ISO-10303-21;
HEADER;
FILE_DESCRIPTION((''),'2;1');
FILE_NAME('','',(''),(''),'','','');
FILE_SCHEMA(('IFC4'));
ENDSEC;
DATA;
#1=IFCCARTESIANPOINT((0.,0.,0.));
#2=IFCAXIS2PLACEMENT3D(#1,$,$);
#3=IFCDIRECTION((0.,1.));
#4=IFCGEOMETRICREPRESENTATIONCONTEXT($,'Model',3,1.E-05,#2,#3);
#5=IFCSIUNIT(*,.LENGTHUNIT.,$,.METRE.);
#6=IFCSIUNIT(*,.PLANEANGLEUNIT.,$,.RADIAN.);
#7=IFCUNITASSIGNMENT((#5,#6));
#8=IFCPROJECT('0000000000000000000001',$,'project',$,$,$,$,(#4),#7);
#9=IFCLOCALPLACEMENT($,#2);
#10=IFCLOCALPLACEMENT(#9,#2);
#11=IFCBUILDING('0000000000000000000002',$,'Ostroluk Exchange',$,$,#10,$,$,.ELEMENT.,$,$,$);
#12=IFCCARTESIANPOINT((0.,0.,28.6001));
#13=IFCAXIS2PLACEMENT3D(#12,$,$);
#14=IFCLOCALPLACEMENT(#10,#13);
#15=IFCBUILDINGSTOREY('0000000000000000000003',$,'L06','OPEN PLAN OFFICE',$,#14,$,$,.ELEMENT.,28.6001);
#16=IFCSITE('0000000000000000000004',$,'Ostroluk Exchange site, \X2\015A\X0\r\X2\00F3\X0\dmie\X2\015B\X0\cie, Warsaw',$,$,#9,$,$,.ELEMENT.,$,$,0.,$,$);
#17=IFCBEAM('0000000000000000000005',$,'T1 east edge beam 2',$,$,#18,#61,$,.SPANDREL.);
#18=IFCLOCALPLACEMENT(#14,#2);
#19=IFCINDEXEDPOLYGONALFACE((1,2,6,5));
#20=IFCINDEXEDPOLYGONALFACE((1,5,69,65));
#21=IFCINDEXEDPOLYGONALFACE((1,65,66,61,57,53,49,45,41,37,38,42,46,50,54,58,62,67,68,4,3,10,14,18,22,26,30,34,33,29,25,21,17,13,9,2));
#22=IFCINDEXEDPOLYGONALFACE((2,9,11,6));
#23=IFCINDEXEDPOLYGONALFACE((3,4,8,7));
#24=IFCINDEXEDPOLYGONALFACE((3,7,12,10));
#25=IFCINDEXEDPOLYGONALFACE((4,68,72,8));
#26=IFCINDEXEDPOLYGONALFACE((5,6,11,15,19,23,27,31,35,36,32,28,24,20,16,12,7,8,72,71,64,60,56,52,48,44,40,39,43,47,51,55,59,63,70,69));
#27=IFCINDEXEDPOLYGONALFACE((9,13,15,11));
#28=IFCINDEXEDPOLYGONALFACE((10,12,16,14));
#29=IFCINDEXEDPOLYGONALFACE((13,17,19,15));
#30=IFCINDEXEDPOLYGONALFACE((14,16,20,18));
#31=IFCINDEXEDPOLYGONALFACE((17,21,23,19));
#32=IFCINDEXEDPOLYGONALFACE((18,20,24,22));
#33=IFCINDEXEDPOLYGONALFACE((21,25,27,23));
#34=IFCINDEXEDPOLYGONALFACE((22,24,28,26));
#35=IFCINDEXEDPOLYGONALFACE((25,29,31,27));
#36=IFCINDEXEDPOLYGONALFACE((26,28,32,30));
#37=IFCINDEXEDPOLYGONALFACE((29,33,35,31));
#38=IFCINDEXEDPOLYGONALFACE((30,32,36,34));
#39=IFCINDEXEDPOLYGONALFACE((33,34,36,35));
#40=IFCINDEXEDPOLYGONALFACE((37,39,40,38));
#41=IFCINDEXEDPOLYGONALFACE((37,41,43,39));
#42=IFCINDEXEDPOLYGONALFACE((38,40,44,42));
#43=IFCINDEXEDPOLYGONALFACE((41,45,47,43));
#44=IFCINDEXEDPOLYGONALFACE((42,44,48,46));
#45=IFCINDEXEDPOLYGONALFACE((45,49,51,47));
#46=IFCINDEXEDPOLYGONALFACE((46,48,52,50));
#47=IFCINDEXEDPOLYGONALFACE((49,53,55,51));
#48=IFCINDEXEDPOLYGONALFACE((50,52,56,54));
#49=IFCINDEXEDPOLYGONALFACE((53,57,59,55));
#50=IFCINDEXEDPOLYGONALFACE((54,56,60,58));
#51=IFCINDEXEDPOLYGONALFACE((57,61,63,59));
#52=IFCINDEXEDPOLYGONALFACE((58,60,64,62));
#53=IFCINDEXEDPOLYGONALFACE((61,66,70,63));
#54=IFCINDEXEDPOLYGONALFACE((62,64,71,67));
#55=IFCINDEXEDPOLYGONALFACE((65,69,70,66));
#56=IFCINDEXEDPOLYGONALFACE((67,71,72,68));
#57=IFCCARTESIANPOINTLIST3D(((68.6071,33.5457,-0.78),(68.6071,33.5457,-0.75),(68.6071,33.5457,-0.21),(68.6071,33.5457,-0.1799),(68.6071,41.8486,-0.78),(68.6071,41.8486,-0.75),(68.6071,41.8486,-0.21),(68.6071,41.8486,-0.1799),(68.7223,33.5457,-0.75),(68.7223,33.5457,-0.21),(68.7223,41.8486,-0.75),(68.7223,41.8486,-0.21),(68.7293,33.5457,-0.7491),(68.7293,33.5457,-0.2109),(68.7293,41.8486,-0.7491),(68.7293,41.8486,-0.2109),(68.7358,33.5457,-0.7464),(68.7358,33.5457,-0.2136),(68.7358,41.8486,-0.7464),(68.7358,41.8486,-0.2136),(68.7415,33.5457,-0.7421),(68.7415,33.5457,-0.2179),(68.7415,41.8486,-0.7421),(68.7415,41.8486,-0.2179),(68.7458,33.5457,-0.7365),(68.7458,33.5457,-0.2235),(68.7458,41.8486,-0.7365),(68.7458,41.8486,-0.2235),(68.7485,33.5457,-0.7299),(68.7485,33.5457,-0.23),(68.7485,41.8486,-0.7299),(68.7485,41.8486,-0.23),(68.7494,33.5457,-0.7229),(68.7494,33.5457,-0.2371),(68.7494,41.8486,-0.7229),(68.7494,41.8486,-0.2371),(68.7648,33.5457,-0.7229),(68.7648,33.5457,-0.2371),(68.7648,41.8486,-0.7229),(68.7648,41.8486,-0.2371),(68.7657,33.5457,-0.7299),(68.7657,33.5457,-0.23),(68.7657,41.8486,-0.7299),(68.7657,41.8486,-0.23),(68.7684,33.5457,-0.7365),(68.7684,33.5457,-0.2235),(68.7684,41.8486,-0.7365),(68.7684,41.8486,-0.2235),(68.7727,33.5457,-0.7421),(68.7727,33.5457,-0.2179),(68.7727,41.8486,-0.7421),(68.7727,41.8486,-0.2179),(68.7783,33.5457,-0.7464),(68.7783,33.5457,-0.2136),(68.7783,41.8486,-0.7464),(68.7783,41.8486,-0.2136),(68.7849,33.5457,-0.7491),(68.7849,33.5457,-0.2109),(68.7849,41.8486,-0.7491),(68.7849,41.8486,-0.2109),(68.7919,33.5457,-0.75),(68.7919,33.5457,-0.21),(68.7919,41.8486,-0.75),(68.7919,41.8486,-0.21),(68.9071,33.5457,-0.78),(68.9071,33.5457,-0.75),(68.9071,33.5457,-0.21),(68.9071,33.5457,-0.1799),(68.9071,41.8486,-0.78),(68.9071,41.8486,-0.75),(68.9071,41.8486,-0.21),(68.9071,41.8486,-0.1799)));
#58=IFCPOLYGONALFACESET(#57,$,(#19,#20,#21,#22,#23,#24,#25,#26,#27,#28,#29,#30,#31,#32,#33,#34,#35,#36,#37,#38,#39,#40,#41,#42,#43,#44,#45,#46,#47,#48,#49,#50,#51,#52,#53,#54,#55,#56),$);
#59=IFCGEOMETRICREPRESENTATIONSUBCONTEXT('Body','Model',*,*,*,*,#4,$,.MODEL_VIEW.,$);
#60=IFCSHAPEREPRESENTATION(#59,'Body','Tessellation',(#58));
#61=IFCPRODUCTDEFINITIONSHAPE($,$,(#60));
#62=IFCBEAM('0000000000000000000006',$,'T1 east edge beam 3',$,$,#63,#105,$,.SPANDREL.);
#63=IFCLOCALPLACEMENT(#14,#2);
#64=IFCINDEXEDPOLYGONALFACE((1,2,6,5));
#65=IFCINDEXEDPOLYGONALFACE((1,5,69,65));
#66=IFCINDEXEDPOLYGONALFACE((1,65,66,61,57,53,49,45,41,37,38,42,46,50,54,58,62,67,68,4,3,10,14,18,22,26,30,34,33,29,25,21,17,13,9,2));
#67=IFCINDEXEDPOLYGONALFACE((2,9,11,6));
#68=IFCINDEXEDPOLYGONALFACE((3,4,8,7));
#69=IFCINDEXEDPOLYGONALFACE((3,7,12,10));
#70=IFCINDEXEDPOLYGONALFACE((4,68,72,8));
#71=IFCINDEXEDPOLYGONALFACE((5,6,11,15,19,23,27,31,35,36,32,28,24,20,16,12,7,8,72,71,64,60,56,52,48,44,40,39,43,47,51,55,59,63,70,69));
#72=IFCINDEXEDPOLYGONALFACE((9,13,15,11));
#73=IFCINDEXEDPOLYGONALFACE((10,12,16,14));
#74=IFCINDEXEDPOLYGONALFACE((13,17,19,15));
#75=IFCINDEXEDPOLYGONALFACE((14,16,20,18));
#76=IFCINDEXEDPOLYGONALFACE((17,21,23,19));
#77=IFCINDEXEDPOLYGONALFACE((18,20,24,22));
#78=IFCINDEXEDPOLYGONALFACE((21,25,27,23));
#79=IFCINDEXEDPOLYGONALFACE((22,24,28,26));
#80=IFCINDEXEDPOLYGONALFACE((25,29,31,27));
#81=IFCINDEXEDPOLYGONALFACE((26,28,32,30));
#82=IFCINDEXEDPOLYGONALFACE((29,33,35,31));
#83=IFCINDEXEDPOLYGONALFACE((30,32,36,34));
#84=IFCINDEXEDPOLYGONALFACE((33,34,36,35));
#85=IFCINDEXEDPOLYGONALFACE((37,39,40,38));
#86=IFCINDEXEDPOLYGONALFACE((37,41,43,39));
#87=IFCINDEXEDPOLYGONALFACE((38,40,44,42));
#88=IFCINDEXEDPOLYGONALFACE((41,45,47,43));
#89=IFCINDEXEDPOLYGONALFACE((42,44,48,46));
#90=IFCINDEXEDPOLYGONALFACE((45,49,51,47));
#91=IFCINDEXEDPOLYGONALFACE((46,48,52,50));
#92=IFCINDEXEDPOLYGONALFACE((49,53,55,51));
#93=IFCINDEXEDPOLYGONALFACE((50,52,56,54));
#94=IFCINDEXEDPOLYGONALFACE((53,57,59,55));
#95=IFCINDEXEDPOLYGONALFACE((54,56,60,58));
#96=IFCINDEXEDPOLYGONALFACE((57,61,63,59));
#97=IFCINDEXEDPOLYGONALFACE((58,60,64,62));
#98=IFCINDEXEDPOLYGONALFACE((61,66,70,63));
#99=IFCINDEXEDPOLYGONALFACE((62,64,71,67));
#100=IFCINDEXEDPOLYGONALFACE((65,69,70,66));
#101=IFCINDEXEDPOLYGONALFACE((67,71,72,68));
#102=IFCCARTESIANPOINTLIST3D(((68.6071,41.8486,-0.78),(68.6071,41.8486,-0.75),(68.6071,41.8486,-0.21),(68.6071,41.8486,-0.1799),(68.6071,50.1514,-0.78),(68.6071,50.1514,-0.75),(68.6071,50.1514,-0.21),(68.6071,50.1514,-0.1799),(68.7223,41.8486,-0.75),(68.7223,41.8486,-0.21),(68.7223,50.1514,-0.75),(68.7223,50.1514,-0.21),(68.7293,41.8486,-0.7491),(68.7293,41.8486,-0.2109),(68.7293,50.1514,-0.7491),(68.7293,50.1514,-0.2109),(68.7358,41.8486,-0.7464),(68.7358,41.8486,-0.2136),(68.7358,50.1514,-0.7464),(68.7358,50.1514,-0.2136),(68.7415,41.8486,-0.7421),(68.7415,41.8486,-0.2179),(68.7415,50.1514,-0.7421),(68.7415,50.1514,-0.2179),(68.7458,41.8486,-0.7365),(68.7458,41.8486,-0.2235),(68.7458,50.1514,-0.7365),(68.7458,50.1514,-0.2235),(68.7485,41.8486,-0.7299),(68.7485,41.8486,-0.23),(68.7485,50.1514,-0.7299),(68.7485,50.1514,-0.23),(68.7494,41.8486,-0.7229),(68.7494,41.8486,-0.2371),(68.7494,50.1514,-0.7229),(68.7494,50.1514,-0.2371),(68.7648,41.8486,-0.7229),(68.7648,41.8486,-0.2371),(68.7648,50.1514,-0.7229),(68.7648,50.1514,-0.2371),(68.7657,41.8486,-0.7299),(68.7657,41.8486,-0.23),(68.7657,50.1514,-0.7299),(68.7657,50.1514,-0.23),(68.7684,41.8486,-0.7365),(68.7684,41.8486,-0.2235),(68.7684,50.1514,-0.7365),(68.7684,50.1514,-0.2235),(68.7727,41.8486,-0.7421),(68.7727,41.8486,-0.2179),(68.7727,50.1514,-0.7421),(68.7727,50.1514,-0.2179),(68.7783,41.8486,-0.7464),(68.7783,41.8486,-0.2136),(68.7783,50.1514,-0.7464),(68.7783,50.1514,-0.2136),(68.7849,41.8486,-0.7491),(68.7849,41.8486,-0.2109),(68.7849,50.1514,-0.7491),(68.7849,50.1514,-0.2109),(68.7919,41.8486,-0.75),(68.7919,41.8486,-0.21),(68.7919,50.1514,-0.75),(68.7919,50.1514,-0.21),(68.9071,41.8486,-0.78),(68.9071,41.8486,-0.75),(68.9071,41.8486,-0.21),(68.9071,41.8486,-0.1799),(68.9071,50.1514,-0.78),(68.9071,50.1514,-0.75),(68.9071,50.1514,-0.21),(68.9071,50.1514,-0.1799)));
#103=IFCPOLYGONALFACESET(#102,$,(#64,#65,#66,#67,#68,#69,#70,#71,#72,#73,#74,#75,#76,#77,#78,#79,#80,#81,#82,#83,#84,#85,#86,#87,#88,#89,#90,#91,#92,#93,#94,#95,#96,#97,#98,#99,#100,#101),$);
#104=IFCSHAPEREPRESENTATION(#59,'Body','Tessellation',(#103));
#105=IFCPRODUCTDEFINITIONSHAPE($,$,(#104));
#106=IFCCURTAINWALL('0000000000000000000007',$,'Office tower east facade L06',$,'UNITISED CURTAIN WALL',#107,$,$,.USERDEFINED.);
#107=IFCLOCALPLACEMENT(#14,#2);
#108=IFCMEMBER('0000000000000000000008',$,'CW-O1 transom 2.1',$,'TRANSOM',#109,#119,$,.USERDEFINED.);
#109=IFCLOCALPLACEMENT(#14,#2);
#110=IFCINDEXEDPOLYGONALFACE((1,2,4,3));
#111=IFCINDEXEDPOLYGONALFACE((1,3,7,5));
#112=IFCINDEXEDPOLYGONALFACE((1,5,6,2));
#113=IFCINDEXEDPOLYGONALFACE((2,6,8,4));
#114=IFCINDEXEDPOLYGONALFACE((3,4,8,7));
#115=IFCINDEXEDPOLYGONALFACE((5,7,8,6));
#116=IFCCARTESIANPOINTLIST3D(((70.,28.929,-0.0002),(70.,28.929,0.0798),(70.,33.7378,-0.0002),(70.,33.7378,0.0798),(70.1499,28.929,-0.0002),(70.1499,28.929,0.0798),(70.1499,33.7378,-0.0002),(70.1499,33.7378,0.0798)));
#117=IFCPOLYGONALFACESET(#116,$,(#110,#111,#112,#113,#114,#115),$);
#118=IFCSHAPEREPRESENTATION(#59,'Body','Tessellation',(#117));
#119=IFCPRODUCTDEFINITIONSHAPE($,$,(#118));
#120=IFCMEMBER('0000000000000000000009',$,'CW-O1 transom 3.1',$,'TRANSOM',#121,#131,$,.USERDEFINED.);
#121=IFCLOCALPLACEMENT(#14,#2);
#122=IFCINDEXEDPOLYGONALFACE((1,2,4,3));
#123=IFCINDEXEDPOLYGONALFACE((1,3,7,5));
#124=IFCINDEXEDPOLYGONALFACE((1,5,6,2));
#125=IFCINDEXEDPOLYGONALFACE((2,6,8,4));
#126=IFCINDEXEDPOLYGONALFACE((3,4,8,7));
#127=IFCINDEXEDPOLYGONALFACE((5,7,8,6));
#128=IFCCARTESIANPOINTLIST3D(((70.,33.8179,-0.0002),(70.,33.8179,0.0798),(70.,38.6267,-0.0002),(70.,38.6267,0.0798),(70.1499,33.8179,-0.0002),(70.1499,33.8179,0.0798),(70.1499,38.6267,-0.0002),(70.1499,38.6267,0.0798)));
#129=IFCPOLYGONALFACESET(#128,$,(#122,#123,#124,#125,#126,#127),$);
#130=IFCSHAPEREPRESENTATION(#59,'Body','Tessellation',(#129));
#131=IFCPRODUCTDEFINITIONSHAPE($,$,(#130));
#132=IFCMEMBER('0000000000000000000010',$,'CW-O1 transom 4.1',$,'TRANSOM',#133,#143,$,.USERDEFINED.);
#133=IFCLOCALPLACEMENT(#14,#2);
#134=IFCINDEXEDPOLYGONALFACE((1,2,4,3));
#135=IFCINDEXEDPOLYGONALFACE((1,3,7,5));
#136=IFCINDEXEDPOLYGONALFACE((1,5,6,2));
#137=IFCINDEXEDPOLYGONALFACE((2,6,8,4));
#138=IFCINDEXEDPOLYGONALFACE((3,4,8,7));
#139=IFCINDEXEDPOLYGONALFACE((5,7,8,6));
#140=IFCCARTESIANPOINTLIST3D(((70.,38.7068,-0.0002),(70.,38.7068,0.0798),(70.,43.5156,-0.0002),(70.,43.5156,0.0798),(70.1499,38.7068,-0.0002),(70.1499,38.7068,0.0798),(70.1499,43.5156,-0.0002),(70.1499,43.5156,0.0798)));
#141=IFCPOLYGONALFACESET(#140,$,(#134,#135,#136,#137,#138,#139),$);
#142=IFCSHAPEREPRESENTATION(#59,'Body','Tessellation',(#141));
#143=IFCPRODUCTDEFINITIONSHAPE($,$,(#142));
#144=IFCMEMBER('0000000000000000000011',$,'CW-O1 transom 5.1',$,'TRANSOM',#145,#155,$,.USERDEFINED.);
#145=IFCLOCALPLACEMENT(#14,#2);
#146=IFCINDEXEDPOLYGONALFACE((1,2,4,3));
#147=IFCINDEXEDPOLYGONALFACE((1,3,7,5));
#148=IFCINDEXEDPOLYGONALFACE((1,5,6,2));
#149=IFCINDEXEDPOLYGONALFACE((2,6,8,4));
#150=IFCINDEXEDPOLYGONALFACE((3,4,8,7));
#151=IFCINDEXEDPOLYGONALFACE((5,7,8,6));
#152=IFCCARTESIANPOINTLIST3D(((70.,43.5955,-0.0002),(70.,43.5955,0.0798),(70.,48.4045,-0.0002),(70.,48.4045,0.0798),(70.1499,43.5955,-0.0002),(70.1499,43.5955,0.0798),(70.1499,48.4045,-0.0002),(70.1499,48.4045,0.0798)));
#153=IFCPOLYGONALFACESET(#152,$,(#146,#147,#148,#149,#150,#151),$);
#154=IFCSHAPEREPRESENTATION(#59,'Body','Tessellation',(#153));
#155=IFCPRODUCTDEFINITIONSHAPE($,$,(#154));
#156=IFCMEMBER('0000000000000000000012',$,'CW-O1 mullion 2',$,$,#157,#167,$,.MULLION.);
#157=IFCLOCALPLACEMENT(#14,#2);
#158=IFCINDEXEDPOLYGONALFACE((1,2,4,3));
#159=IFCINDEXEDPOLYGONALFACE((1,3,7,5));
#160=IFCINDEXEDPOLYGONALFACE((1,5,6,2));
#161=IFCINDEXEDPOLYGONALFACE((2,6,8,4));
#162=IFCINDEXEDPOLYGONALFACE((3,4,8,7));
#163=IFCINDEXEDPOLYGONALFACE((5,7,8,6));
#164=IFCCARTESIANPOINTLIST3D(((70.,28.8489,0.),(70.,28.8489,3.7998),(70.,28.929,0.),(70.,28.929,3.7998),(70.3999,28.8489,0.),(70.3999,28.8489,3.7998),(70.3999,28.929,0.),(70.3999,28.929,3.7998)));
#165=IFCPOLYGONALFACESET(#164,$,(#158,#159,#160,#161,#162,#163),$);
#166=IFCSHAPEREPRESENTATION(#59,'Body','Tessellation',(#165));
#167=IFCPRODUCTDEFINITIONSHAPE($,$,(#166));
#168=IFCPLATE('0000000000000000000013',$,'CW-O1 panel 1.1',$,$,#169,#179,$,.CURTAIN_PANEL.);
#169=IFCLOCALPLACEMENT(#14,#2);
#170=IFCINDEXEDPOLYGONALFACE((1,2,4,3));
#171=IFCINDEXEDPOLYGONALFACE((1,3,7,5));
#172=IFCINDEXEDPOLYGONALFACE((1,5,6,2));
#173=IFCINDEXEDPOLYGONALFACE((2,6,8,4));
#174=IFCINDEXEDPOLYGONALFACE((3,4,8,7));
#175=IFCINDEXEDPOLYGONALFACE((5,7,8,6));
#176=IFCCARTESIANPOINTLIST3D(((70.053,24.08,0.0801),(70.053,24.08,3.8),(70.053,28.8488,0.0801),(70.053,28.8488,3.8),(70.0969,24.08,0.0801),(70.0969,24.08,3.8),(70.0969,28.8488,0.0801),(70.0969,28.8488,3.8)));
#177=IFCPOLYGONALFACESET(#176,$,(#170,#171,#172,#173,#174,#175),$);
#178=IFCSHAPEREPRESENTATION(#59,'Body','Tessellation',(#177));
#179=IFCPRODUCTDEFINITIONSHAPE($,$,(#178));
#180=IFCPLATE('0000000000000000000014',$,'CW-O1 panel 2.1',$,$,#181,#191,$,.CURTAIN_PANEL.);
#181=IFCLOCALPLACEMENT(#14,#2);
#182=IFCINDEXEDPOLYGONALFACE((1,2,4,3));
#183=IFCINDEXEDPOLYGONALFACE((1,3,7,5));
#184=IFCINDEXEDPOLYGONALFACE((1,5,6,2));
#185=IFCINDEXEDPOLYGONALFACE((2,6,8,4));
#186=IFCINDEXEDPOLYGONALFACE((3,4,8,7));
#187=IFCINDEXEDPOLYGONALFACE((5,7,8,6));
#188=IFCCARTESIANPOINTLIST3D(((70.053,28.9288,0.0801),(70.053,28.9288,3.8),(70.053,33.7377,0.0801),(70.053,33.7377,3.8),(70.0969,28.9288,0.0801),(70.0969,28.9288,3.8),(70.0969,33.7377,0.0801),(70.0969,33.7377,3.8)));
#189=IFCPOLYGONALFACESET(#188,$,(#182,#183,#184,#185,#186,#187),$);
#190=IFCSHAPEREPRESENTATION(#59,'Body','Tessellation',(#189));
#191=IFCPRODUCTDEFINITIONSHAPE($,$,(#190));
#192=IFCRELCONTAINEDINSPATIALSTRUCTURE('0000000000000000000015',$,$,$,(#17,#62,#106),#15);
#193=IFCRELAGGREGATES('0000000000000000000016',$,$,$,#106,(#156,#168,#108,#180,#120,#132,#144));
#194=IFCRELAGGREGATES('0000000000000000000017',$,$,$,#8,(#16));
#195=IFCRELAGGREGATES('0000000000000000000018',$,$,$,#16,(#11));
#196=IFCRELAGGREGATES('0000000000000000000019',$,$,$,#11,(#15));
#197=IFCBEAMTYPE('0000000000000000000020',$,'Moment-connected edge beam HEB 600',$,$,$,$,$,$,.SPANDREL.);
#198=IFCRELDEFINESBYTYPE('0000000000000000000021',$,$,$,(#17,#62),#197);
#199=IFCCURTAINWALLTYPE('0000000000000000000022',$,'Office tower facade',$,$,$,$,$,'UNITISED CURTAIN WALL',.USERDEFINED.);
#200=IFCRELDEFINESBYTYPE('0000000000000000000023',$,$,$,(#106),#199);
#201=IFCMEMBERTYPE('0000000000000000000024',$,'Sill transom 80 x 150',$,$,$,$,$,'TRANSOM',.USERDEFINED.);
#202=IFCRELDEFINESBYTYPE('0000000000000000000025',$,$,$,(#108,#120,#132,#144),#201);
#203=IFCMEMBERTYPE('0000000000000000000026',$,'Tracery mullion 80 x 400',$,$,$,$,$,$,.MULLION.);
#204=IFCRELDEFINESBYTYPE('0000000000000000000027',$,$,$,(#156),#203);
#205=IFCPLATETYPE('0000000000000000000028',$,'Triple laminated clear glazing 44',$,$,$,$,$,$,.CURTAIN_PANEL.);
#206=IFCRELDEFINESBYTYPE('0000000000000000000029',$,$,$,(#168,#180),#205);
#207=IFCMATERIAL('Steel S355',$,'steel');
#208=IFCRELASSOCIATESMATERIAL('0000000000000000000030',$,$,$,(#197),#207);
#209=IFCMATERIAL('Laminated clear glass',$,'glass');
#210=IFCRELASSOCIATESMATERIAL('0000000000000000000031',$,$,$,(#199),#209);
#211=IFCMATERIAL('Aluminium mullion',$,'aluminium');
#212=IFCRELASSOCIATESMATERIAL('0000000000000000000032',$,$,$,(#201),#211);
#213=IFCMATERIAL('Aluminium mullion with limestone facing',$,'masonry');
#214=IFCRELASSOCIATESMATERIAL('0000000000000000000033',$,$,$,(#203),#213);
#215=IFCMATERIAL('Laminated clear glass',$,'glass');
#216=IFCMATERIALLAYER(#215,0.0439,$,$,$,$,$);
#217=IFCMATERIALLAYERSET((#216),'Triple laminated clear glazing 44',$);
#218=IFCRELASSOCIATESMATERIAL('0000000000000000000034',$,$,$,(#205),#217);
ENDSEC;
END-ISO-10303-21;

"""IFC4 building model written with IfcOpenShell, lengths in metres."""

from ifc_helpers import new_model, si_unit, direction, frame, origin, origin_2d, place, context, subcontext, project, spatial, rectangle, i_section, extrude, material, layer, layer_set, material_profile, profile_set, type_object, element, aggregate, save


model = new_model("IFC4")

# Units and contexts
model_context = context("Model", 3, precision=1e-05, world=origin(), true_north=direction((0.0, 1.0)))
body_context = subcontext(model_context, "Body", "Model", "MODEL_VIEW")
ifc_project = project(units=[si_unit("LENGTHUNIT", "METRE"), si_unit("PLANEANGLEUNIT", "RADIAN")], contexts=[model_context])

# Site, building, storey
site_placement = place(None, origin())
site = spatial("IfcSite", under=ifc_project, at=site_placement, Name="Ostroluk Exchange site, Śródmieście, Warsaw", CompositionType="ELEMENT", RefElevation=0.0)
building_placement = place(site_placement, origin())
building = spatial("IfcBuilding", under=site, at=building_placement, Name="Ostroluk Exchange", CompositionType="ELEMENT")
storey_placement = place(building_placement, frame((0.0, 0.0, 28.6001)))
storey = spatial("IfcBuildingStorey", under=building, at=storey_placement, Name="L06", Description="OPEN PLAN OFFICE", CompositionType="ELEMENT", Elevation=28.6001)

# Beams
ifc_material_1 = material(Name="Steel S355", Category="steel")
ifc_material_profile_1 = material_profile(ifc_material_1, i_section(OverallWidth=0.3, OverallDepth=0.6001, WebThickness=0.0154, FlangeThickness=0.03, FilletRadius=0.0271, at=origin_2d()), Name="HEB 600")
ifc_profile_set_1 = profile_set([ifc_material_profile_1], Name="Steel S355")
beam_type_1 = type_object("IfcBeamType", Name="Moment-connected edge beam HEB 600", PredefinedType="SPANDREL", material=ifc_profile_set_1)
beam_1_placement = place(storey_placement, frame((68.7571, 33.5457, -0.48), z_axis=(0.0, 1.0, 0.0), x_axis=(-1.0, 0.0, 0.0)))
element("IfcBeam", 1, at=beam_1_placement, inside=storey, type_object=beam_type_1, Name="T1 east edge beam 2", PredefinedType="SPANDREL", context=body_context, shape_type="SweptSolid", body=[
    extrude(i_section(OverallWidth=0.3, OverallDepth=0.6001, WebThickness=0.0154, FlangeThickness=0.03, FilletRadius=0.0271, at=origin_2d()), origin(), (0.0, 0.0, 1.0), 8.303),
])
beam_2_placement = place(storey_placement, frame((68.7571, 41.8486, -0.48), z_axis=(0.0, 1.0, 0.0), x_axis=(-1.0, 0.0, 0.0)))
element("IfcBeam", 2, at=beam_2_placement, inside=storey, type_object=beam_type_1, Name="T1 east edge beam 3", PredefinedType="SPANDREL", context=body_context, shape_type="SweptSolid", body=[
    extrude(i_section(OverallWidth=0.3, OverallDepth=0.6001, WebThickness=0.0154, FlangeThickness=0.03, FilletRadius=0.0271, at=origin_2d()), origin(), (0.0, 0.0, 1.0), 8.3027),
])

# Curtain wall, members, plates
ifc_material_2 = material(Name="Laminated clear glass", Category="glass")
curtain_wall_type = type_object("IfcCurtainWallType", Name="Office tower facade", ElementType="UNITISED CURTAIN WALL", PredefinedType="USERDEFINED", material=ifc_material_2)
curtain_wall_placement = place(storey_placement, origin())
curtain_wall = element("IfcCurtainWall", 3, at=curtain_wall_placement, inside=storey, type_object=curtain_wall_type, Name="Office tower east facade L06", ObjectType="UNITISED CURTAIN WALL", PredefinedType="USERDEFINED")
ifc_material_3 = material(Name="Aluminium mullion", Category="aluminium")
ifc_material_profile_2 = material_profile(ifc_material_3, rectangle(XDim=0.1499, YDim=0.0801, at=origin_2d()), Name="Sill transom 80 x 150")
ifc_profile_set_2 = profile_set([ifc_material_profile_2], Name="Aluminium mullion")
member_type_1 = type_object("IfcMemberType", Name="Sill transom 80 x 150", ElementType="TRANSOM", PredefinedType="USERDEFINED", material=ifc_profile_set_2)
member_1_placement = place(storey_placement, frame((70.075, 28.929, 0.0398), z_axis=(0.0, 1.0, 0.0), x_axis=(-1.0, 0.0, 0.0)))
member_1 = element("IfcMember", 4, at=member_1_placement, type_object=member_type_1, Name="CW-O1 transom 2.1", ObjectType="TRANSOM", PredefinedType="USERDEFINED", context=body_context, shape_type="SweptSolid", body=[
    extrude(rectangle(XDim=0.1499, YDim=0.0801, at=origin_2d()), origin(), (0.0, 0.0, 1.0), 4.8088),
])
member_2_placement = place(storey_placement, frame((70.075, 33.8179, 0.0398), z_axis=(0.0, 1.0, 0.0), x_axis=(-1.0, 0.0, 0.0)))
member_2 = element("IfcMember", 5, at=member_2_placement, type_object=member_type_1, Name="CW-O1 transom 3.1", ObjectType="TRANSOM", PredefinedType="USERDEFINED", context=body_context, shape_type="SweptSolid", body=[
    extrude(rectangle(XDim=0.1499, YDim=0.0801, at=origin_2d()), origin(), (0.0, 0.0, 1.0), 4.8088),
])
member_3_placement = place(storey_placement, frame((70.075, 38.7068, 0.0398), z_axis=(0.0, 1.0, 0.0), x_axis=(-1.0, 0.0, 0.0)))
member_3 = element("IfcMember", 6, at=member_3_placement, type_object=member_type_1, Name="CW-O1 transom 4.1", ObjectType="TRANSOM", PredefinedType="USERDEFINED", context=body_context, shape_type="SweptSolid", body=[
    extrude(rectangle(XDim=0.1499, YDim=0.0801, at=origin_2d()), origin(), (0.0, 0.0, 1.0), 4.8088),
])
member_4_placement = place(storey_placement, frame((70.075, 43.5955, 0.0398), z_axis=(0.0, 1.0, 0.0), x_axis=(-1.0, 0.0, 0.0)))
member_4 = element("IfcMember", 7, at=member_4_placement, type_object=member_type_1, Name="CW-O1 transom 5.1", ObjectType="TRANSOM", PredefinedType="USERDEFINED", context=body_context, shape_type="SweptSolid", body=[
    extrude(rectangle(XDim=0.1499, YDim=0.0801, at=origin_2d()), origin(), (0.0, 0.0, 1.0), 4.8091),
])
ifc_material_4 = material(Name="Aluminium mullion with limestone facing", Category="masonry")
ifc_material_profile_3 = material_profile(ifc_material_4, rectangle(XDim=0.3999, YDim=0.0801, at=origin_2d()), Name="Tracery mullion 80 x 400")
ifc_profile_set_3 = profile_set([ifc_material_profile_3], Name="Aluminium mullion with limestone facing")
member_type_2 = type_object("IfcMemberType", Name="Tracery mullion 80 x 400", PredefinedType="MULLION", material=ifc_profile_set_3)
member_5_placement = place(storey_placement, frame((70.2, 28.8889, 0.0), z_axis=(0.0, 0.0, 1.0), x_axis=(-1.0, 0.0, 0.0)))
member_5 = element("IfcMember", 8, at=member_5_placement, type_object=member_type_2, Name="CW-O1 mullion 2", PredefinedType="MULLION", context=body_context, shape_type="SweptSolid", body=[
    extrude(rectangle(XDim=0.3999, YDim=0.0801, at=origin_2d()), origin(), (0.0, 0.0, 1.0), 3.7998),
])
ifc_material_5 = material(Name="Laminated clear glass", Category="glass")
ifc_layer_1 = layer(ifc_material_5, 0.0439)
ifc_layer_set_1 = layer_set([ifc_layer_1], Name="Triple laminated clear glazing 44")
plate_type = type_object("IfcPlateType", Name="Triple laminated clear glazing 44", PredefinedType="CURTAIN_PANEL", material=ifc_layer_set_1)
plate_1_placement = place(storey_placement, frame((70.075, 26.4644, 0.0801), z_axis=(0.0, 0.0, 1.0), x_axis=(0.0, 1.0, 0.0)))
plate_1 = element("IfcPlate", 9, at=plate_1_placement, type_object=plate_type, Name="CW-O1 panel 1.1", PredefinedType="CURTAIN_PANEL", context=body_context, shape_type="SweptSolid", body=[
    extrude(rectangle(XDim=4.7688, YDim=0.0439, at=origin_2d()), origin(), (0.0, 0.0, 1.0), 3.72),
])
plate_2_placement = place(storey_placement, frame((70.075, 31.3333, 0.0801), z_axis=(0.0, 0.0, 1.0), x_axis=(0.0, 1.0, 0.0)))
plate_2 = element("IfcPlate", 10, at=plate_2_placement, type_object=plate_type, Name="CW-O1 panel 2.1", PredefinedType="CURTAIN_PANEL", context=body_context, shape_type="SweptSolid", body=[
    extrude(rectangle(XDim=4.8088, YDim=0.0439, at=origin_2d()), origin(), (0.0, 0.0, 1.0), 3.72),
])
aggregate(curtain_wall, [member_5, plate_1, member_1, plate_2, member_2, member_3, member_4])

save(model, "model.ifc")
